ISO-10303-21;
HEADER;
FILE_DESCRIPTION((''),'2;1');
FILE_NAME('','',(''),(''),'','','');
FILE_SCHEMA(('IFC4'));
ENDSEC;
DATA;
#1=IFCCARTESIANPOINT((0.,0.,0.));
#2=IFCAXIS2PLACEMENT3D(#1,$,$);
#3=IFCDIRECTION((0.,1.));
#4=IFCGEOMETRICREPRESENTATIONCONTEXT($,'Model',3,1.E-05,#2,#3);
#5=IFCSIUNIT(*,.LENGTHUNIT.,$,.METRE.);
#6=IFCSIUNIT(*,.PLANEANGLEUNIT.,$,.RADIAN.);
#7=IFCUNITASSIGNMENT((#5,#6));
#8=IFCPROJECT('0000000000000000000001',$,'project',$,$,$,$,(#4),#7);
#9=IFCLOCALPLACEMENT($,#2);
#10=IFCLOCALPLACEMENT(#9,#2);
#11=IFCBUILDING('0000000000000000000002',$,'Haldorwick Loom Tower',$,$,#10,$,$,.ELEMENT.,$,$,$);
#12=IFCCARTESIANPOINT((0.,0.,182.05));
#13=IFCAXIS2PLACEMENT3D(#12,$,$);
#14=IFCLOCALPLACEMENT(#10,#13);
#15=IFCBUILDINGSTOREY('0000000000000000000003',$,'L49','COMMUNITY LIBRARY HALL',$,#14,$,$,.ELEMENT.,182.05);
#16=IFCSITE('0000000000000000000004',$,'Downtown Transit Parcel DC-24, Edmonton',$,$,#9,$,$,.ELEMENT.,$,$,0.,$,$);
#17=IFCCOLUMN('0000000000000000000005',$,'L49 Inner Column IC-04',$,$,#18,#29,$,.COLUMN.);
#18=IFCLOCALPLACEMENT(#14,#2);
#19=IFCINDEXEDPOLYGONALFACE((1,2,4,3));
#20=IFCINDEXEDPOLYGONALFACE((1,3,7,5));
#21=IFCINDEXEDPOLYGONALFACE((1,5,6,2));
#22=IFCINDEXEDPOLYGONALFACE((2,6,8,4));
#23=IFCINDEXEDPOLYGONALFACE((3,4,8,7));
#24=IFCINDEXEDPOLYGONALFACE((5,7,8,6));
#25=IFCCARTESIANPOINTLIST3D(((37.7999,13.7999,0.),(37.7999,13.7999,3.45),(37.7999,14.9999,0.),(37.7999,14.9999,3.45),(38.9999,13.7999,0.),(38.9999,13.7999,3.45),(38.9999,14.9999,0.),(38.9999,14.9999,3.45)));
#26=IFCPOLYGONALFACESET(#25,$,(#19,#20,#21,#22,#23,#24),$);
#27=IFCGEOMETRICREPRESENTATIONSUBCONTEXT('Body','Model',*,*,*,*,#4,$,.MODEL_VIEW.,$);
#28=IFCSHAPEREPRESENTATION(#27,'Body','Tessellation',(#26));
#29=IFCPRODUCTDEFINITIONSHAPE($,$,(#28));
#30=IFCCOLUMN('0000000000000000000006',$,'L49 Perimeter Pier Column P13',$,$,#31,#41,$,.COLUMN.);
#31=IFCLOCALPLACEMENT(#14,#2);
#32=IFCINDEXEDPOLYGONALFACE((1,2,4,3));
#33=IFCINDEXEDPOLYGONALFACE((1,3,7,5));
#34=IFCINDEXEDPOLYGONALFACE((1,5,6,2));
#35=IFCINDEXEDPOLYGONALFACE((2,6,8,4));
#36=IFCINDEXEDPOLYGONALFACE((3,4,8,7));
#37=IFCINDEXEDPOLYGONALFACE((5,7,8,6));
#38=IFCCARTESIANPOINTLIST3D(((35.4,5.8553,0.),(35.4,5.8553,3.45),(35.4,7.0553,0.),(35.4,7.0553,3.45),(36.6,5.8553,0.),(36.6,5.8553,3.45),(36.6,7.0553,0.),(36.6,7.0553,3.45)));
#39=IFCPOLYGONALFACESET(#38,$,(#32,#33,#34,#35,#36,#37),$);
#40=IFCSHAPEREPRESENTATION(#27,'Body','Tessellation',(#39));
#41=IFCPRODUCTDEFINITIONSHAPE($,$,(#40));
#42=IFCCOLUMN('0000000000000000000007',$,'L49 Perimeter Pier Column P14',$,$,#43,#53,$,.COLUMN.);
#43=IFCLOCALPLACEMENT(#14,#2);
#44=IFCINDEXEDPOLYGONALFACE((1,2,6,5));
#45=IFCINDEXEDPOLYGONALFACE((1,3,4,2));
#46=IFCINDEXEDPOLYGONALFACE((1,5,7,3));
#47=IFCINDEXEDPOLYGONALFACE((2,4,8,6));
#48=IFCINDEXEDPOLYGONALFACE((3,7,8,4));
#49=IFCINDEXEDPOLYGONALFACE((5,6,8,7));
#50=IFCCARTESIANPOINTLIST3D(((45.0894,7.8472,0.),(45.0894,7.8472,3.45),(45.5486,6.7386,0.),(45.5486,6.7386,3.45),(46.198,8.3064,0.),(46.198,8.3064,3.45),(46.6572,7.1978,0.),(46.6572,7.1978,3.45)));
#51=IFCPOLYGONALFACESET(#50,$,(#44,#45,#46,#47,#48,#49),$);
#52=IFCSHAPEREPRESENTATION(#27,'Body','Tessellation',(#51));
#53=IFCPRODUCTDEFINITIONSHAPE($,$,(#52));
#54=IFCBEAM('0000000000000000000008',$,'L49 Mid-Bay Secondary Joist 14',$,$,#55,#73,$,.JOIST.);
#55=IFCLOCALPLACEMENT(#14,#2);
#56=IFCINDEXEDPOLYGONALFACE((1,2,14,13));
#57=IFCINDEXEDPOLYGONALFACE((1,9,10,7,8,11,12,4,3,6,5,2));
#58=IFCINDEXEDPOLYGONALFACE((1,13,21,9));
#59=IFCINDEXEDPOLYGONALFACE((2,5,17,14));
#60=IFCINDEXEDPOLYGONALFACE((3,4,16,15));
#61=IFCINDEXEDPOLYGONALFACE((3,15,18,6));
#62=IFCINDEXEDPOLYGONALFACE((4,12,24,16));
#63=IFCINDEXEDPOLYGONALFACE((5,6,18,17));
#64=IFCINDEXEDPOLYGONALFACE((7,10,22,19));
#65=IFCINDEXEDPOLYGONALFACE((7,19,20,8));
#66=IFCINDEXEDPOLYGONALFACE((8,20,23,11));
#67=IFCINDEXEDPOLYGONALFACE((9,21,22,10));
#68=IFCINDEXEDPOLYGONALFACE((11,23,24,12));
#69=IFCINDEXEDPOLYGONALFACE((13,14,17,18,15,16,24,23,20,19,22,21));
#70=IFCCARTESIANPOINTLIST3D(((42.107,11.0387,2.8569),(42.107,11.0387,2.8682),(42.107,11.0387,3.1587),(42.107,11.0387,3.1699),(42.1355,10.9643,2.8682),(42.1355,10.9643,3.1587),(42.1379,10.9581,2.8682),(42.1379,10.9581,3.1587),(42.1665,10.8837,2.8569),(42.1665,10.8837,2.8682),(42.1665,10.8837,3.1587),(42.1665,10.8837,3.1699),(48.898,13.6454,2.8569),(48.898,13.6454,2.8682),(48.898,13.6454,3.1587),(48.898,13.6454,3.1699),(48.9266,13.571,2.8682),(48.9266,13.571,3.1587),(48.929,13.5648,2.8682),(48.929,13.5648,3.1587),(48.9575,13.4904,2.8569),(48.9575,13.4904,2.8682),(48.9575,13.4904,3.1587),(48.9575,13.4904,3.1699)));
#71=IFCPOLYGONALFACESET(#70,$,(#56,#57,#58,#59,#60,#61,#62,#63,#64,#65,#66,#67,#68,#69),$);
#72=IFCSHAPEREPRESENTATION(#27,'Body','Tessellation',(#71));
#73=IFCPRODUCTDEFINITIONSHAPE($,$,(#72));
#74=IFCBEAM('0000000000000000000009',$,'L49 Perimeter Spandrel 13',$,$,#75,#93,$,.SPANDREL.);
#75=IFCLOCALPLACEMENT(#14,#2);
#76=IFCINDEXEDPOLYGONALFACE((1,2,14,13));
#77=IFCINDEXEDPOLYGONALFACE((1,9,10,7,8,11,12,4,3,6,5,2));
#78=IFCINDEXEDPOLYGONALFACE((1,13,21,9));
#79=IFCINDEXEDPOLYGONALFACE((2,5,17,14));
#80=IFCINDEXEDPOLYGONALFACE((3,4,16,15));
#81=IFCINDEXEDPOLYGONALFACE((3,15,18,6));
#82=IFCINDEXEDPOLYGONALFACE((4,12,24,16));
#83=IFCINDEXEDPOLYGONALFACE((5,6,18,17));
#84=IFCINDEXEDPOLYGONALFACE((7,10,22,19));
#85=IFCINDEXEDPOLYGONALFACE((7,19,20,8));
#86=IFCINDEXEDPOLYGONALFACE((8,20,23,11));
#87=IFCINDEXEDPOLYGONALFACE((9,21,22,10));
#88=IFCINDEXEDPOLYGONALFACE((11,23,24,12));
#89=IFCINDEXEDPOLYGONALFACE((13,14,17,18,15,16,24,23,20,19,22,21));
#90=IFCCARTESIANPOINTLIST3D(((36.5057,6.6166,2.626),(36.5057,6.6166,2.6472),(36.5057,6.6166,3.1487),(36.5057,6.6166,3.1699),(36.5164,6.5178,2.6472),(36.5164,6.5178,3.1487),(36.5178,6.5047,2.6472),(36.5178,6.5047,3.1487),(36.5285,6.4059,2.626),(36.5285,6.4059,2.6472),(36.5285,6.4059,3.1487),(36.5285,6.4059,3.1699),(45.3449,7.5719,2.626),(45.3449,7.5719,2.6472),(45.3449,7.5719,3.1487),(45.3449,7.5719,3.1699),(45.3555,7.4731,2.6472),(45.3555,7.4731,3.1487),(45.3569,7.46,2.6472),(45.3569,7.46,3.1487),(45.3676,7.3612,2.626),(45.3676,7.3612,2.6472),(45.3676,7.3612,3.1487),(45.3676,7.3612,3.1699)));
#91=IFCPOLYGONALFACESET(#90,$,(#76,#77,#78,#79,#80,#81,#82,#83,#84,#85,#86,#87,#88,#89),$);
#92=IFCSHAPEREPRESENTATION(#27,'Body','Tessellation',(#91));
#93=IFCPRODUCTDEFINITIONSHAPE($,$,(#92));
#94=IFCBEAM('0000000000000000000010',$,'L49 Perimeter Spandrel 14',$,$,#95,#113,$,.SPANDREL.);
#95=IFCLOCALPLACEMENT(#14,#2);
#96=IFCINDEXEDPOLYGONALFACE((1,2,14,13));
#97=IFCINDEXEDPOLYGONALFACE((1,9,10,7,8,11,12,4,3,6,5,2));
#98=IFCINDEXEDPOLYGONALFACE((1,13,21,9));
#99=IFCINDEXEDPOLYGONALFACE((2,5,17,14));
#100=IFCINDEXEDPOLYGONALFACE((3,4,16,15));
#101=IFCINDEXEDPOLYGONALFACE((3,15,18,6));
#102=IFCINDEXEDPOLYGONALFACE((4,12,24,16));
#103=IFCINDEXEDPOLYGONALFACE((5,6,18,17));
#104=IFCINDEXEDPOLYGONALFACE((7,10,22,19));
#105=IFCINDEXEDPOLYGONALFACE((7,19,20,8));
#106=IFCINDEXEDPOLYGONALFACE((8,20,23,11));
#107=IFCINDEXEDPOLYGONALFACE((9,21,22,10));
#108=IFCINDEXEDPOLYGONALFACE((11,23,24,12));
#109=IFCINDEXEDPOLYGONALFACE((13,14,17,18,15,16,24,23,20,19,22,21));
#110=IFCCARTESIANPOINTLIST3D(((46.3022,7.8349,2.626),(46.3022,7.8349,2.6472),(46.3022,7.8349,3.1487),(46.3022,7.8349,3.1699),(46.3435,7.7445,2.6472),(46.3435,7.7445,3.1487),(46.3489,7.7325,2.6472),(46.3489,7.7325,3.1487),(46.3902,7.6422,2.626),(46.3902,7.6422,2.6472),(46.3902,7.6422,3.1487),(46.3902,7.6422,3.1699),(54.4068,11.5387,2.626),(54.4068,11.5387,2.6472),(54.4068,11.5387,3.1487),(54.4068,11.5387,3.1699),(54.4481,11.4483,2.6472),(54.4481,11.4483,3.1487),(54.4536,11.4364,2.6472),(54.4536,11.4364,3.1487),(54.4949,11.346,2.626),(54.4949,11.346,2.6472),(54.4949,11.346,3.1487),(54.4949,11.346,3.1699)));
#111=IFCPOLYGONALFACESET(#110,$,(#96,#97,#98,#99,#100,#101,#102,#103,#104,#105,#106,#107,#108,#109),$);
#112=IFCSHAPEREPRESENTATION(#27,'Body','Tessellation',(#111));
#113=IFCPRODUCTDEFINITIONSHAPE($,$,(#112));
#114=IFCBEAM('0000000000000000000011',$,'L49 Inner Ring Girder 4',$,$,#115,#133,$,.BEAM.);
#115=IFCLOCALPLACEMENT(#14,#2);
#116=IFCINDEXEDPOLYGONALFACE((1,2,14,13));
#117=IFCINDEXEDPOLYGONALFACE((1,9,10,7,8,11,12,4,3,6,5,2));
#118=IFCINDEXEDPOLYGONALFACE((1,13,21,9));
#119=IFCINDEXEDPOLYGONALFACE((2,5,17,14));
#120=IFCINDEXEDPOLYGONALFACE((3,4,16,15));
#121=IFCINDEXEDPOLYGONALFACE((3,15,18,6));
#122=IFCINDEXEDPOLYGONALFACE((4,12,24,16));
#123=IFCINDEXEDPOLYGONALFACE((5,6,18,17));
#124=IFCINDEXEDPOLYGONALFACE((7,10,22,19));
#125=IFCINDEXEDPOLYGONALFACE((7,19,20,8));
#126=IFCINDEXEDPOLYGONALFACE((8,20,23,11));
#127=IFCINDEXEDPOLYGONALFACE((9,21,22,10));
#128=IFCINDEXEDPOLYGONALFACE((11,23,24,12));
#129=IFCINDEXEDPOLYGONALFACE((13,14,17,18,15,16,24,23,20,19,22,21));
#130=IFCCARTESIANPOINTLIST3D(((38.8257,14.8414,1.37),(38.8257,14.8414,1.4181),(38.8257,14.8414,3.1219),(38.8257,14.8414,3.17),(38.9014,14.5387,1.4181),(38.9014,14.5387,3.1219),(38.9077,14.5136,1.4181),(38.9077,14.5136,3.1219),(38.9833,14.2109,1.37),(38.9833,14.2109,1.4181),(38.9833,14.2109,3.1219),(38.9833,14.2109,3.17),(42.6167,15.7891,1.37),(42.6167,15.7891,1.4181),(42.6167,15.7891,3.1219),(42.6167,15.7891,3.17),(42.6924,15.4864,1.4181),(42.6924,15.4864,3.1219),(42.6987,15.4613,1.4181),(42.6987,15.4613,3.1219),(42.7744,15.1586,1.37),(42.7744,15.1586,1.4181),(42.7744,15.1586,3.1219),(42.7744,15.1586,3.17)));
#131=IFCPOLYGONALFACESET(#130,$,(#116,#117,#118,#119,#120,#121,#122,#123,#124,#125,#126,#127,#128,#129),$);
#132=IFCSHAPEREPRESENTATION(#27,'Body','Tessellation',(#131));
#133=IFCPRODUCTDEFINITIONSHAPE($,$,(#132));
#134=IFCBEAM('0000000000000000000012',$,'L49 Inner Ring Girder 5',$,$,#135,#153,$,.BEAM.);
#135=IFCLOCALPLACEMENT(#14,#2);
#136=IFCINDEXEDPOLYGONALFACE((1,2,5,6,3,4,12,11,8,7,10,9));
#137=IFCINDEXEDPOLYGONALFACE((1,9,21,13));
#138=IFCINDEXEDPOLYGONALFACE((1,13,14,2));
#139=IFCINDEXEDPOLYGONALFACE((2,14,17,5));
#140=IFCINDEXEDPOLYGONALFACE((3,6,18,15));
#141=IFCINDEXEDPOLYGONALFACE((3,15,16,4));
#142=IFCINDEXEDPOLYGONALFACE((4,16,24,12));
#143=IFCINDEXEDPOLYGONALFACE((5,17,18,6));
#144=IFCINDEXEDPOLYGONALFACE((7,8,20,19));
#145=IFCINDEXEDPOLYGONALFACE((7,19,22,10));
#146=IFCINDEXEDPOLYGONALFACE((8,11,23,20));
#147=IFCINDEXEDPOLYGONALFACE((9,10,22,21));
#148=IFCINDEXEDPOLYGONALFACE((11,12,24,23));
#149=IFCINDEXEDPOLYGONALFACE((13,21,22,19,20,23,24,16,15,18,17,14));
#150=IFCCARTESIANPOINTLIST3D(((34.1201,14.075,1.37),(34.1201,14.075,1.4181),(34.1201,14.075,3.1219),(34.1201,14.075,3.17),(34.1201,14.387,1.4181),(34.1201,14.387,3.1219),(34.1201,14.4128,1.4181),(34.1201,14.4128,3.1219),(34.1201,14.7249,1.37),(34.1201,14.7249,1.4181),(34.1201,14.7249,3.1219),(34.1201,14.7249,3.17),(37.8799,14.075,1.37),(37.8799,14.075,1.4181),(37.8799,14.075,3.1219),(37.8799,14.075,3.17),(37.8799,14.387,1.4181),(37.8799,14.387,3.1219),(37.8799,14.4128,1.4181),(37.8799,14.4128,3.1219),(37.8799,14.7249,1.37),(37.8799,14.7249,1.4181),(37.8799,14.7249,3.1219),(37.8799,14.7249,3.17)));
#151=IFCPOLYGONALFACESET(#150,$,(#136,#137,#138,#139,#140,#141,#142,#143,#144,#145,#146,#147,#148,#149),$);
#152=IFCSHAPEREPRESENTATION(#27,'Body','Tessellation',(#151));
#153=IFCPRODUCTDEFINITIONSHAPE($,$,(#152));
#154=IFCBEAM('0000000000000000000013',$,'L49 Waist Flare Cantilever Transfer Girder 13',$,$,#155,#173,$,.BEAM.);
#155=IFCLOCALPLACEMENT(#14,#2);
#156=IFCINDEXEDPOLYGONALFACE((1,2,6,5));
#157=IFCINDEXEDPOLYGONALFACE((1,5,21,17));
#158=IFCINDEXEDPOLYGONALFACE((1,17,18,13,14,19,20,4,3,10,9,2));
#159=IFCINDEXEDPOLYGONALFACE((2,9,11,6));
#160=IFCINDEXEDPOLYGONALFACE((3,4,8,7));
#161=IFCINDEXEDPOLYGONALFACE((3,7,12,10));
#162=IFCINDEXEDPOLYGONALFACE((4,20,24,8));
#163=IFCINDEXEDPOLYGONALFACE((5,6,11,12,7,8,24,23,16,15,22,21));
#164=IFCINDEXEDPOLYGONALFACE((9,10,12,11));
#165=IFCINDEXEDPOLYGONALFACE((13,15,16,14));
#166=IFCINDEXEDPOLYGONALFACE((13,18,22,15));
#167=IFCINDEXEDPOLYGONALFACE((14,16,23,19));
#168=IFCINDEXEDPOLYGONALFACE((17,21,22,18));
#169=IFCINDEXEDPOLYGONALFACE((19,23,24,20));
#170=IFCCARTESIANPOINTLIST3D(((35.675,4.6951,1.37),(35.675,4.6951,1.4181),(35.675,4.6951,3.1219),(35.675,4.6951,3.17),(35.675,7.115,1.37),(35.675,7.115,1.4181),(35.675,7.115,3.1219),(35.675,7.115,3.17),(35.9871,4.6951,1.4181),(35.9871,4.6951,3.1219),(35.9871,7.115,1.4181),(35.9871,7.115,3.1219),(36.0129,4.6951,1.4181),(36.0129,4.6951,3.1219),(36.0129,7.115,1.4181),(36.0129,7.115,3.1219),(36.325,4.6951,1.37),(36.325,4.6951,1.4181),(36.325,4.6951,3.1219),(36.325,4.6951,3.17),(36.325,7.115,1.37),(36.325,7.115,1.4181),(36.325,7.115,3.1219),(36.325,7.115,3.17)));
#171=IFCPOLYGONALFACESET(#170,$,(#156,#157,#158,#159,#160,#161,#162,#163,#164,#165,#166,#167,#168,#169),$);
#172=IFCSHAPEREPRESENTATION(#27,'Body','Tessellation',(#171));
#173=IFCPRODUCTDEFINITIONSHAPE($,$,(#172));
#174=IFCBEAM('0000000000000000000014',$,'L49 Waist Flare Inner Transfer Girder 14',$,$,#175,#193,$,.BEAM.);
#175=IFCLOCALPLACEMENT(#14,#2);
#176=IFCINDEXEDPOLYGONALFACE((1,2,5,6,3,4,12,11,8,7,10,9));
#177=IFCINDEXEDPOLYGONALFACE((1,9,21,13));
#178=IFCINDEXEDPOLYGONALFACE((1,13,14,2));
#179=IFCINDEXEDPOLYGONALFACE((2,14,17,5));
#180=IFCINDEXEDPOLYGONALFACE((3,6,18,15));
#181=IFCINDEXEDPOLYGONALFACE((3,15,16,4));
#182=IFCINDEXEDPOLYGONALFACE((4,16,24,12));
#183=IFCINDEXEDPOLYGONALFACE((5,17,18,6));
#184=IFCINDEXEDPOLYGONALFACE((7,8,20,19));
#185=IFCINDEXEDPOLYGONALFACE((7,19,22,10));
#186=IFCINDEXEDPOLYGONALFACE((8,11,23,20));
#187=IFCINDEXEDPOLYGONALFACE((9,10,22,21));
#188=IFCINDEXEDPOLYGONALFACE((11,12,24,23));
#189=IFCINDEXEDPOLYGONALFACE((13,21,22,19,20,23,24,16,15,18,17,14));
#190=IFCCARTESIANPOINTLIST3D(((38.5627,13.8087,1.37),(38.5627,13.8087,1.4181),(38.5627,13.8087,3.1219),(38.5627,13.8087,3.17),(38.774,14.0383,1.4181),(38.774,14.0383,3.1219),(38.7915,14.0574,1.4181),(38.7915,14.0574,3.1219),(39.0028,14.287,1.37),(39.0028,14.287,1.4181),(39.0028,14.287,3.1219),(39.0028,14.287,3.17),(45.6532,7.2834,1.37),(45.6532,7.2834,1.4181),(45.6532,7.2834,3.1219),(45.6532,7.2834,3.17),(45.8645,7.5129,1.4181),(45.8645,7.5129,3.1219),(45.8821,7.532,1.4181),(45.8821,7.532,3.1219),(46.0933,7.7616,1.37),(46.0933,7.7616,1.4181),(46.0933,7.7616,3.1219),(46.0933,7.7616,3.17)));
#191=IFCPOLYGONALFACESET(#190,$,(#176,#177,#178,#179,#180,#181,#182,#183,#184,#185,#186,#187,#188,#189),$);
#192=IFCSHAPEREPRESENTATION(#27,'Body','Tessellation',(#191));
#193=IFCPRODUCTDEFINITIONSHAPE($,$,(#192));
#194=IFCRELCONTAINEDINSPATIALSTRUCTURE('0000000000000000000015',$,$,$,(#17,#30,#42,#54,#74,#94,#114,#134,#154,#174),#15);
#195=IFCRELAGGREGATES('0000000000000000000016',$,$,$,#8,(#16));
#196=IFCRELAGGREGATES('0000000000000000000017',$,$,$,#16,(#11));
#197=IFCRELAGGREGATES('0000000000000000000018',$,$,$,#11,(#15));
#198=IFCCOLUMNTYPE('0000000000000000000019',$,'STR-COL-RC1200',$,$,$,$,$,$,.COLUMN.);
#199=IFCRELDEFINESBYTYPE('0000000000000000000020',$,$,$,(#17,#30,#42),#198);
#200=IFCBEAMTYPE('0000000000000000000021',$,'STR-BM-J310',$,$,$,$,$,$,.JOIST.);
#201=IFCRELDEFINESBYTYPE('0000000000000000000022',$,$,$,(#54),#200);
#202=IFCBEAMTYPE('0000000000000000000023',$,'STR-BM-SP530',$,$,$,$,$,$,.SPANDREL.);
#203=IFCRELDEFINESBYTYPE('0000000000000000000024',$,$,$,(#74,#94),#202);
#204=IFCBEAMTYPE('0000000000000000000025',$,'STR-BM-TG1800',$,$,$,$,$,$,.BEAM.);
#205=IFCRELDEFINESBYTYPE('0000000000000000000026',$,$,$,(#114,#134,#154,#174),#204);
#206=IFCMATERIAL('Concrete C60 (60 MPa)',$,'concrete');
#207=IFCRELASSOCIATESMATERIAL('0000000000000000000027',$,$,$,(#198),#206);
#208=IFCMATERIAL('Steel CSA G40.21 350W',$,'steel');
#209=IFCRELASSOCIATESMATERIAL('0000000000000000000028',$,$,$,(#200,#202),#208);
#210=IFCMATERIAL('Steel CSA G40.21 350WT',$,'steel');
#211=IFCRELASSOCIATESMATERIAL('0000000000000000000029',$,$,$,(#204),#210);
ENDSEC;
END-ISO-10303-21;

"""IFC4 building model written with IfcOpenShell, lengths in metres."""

from ifc_helpers import new_model, si_unit, direction, frame, origin, origin_2d, place, context, subcontext, project, spatial, rectangle, i_section, extrude, material, material_profile, profile_set, type_object, element, save


model = new_model("IFC4")

# Units and contexts
model_context = context("Model", 3, precision=1e-05, world=origin(), true_north=direction((0.0, 1.0)))
body_context = subcontext(model_context, "Body", "Model", "MODEL_VIEW")
ifc_project = project(units=[si_unit("LENGTHUNIT", "METRE"), si_unit("PLANEANGLEUNIT", "RADIAN")], contexts=[model_context])

# Site, building, storey
site_placement = place(None, origin())
site = spatial("IfcSite", under=ifc_project, at=site_placement, Name="Downtown Transit Parcel DC-24, Edmonton", CompositionType="ELEMENT", RefElevation=0.0)
building_placement = place(site_placement, origin())
building = spatial("IfcBuilding", under=site, at=building_placement, Name="Haldorwick Loom Tower", CompositionType="ELEMENT")
storey_placement = place(building_placement, frame((0.0, 0.0, 182.05)))
storey = spatial("IfcBuildingStorey", under=building, at=storey_placement, Name="L49", Description="COMMUNITY LIBRARY HALL", CompositionType="ELEMENT", Elevation=182.05)

# Columns
ifc_material_1 = material(Name="Concrete C60 (60 MPa)", Category="concrete")
ifc_material_profile_1 = material_profile(ifc_material_1, rectangle(XDim=1.2, YDim=1.2, at=origin_2d()), Name="RC1200X1200", Category="concrete")
ifc_profile_set_1 = profile_set([ifc_material_profile_1], Name="Concrete C60 (60 MPa)")
column_type = type_object("IfcColumnType", Name="STR-COL-RC1200", PredefinedType="COLUMN", material=ifc_profile_set_1)
for number, where, z_axis, x_axis, name in (
    (1, (38.3999, 14.3999, 0.0), (0.0, 0.0, 1.0), (1.0, 0.0, 0.0), "L49 Inner Column IC-04"),
    (2, (36.0, 6.4553, 0.0), (0.0, 0.0, 1.0), (0.0, -1.0, 0.0), "L49 Perimeter Pier Column P13"),
    (3, (45.8733, 7.5225, 0.0), (0.0, 0.0, 1.0), (0.382683, -0.92388, 0.0), "L49 Perimeter Pier Column P14"),
):
    element("IfcColumn", number, at=place(storey_placement, frame(where, z_axis=z_axis, x_axis=x_axis)), inside=storey, type_object=column_type, Name=name, PredefinedType="COLUMN", context=body_context, shape_type="SweptSolid", body=[
        extrude(rectangle(XDim=1.2, YDim=1.2, at=origin_2d()), origin(), (0.0, 0.0, 1.0), 3.45),
    ])

# Beams
ifc_material_2 = material(Name="Steel CSA G40.21 350W", Category="steel")
ifc_material_profile_2 = material_profile(ifc_material_2, i_section(OverallWidth=0.166, OverallDepth=0.313, WebThickness=0.0066, FlangeThickness=0.0112, at=origin_2d()), Name="W310X45", Category="steel")
ifc_profile_set_2 = profile_set([ifc_material_profile_2], Name="Steel CSA G40.21 350W")
beam_type_1 = type_object("IfcBeamType", Name="STR-BM-J310", PredefinedType="JOIST", material=ifc_profile_set_2)
beam_1_placement = place(storey_placement, frame((42.1367, 10.9612, 3.0134), z_axis=(0.933587, 0.358352, 0.0), x_axis=(-0.358352, 0.933587, 0.0)))
element("IfcBeam", 4, at=beam_1_placement, inside=storey, type_object=beam_type_1, Name="L49 Mid-Bay Secondary Joist 14", PredefinedType="JOIST", context=body_context, shape_type="SweptSolid", body=[
    extrude(i_section(OverallWidth=0.166, OverallDepth=0.313, WebThickness=0.0066, FlangeThickness=0.0112, at=origin_2d()), origin(), (0.0, 0.0, 1.0), 7.2742),
])
ifc_material_profile_3 = material_profile(ifc_material_2, i_section(OverallWidth=0.2119, OverallDepth=0.5439, WebThickness=0.0132, FlangeThickness=0.0212, at=origin_2d()), Name="W530X123", Category="steel")
ifc_profile_set_3 = profile_set([ifc_material_profile_3], Name="Steel CSA G40.21 350W")
beam_type_2 = type_object("IfcBeamType", Name="STR-BM-SP530", PredefinedType="SPANDREL", material=ifc_profile_set_3)
beam_2_placement = place(storey_placement, frame((36.5171, 6.5112, 2.8979), z_axis=(0.99421, 0.107453, 0.0), x_axis=(-0.107453, 0.99421, 0.0)))
element("IfcBeam", 5, at=beam_2_placement, inside=storey, type_object=beam_type_2, Name="L49 Perimeter Spandrel 13", PredefinedType="SPANDREL", context=body_context, shape_type="SweptSolid", body=[
    extrude(i_section(OverallWidth=0.2119, OverallDepth=0.5439, WebThickness=0.0132, FlangeThickness=0.0212, at=origin_2d()), origin(), (0.0, 0.0, 1.0), 8.8906),
])
beam_3_placement = place(storey_placement, frame((46.3462, 7.7385, 2.8979), z_axis=(0.909524, 0.415652, 0.0), x_axis=(-0.415652, 0.909524, 0.0)))
element("IfcBeam", 6, at=beam_3_placement, inside=storey, type_object=beam_type_2, Name="L49 Perimeter Spandrel 14", PredefinedType="SPANDREL", context=body_context, shape_type="SweptSolid", body=[
    extrude(i_section(OverallWidth=0.2119, OverallDepth=0.5439, WebThickness=0.0132, FlangeThickness=0.0212, at=origin_2d()), origin(), (0.0, 0.0, 1.0), 8.9109),
])
ifc_material_3 = material(Name="Steel CSA G40.21 350WT", Category="steel")
ifc_material_profile_4 = material_profile(ifc_material_3, i_section(OverallWidth=0.6499, OverallDepth=1.8, WebThickness=0.0259, FlangeThickness=0.0481, at=origin_2d()), Name="WWF1800X650", Category="steel")
ifc_profile_set_4 = profile_set([ifc_material_profile_4], Name="Steel CSA G40.21 350WT")
beam_type_3 = type_object("IfcBeamType", Name="STR-BM-TG1800", PredefinedType="BEAM", material=ifc_profile_set_4)
beam_4_placement = place(storey_placement, frame((42.6956, 15.4739, 2.27), z_axis=(-0.970143, -0.242536, 0.0), x_axis=(0.242536, -0.970143, 0.0)))
element("IfcBeam", 7, at=beam_4_placement, inside=storey, type_object=beam_type_3, Name="L49 Inner Ring Girder 4", PredefinedType="BEAM", context=body_context, shape_type="SweptSolid", body=[
    extrude(i_section(OverallWidth=0.6499, OverallDepth=1.8, WebThickness=0.0259, FlangeThickness=0.0481, at=origin_2d()), origin(), (0.0, 0.0, 1.0), 3.9077),
])
beam_5_placement = place(storey_placement, frame((37.8799, 14.3999, 2.27), z_axis=(-1.0, 0.0, 0.0), x_axis=(0.0, -1.0, 0.0)))
element("IfcBeam", 8, at=beam_5_placement, inside=storey, type_object=beam_type_3, Name="L49 Inner Ring Girder 5", PredefinedType="BEAM", context=body_context, shape_type="SweptSolid", body=[
    extrude(i_section(OverallWidth=0.6499, OverallDepth=1.8, WebThickness=0.0259, FlangeThickness=0.0481, at=origin_2d()), origin(), (0.0, 0.0, 1.0), 3.7598),
])
beam_6_placement = place(storey_placement, frame((36.0, 7.115, 2.27), z_axis=(0.0, -1.0, 0.0), x_axis=(1.0, 0.0, 0.0)))
element("IfcBeam", 9, at=beam_6_placement, inside=storey, type_object=beam_type_3, Name="L49 Waist Flare Cantilever Transfer Girder 13", PredefinedType="BEAM", context=body_context, shape_type="SweptSolid", body=[
    extrude(i_section(OverallWidth=0.6499, OverallDepth=1.8, WebThickness=0.0259, FlangeThickness=0.0481, at=origin_2d()), origin(), (0.0, 0.0, 1.0), 2.4199),
])
beam_7_placement = place(storey_placement, frame((38.7827, 14.0479, 2.27), z_axis=(0.735824, -0.677172, 0.0), x_axis=(0.677172, 0.735824, 0.0)))
element("IfcBeam", 10, at=beam_7_placement, inside=storey, type_object=beam_type_3, Name="L49 Waist Flare Inner Transfer Girder 14", PredefinedType="BEAM", context=body_context, shape_type="SweptSolid", body=[
    extrude(i_section(OverallWidth=0.6499, OverallDepth=1.8, WebThickness=0.0259, FlangeThickness=0.0481, at=origin_2d()), origin(), (0.0, 0.0, 1.0), 9.6362),
])

save(model, "model.ifc")
